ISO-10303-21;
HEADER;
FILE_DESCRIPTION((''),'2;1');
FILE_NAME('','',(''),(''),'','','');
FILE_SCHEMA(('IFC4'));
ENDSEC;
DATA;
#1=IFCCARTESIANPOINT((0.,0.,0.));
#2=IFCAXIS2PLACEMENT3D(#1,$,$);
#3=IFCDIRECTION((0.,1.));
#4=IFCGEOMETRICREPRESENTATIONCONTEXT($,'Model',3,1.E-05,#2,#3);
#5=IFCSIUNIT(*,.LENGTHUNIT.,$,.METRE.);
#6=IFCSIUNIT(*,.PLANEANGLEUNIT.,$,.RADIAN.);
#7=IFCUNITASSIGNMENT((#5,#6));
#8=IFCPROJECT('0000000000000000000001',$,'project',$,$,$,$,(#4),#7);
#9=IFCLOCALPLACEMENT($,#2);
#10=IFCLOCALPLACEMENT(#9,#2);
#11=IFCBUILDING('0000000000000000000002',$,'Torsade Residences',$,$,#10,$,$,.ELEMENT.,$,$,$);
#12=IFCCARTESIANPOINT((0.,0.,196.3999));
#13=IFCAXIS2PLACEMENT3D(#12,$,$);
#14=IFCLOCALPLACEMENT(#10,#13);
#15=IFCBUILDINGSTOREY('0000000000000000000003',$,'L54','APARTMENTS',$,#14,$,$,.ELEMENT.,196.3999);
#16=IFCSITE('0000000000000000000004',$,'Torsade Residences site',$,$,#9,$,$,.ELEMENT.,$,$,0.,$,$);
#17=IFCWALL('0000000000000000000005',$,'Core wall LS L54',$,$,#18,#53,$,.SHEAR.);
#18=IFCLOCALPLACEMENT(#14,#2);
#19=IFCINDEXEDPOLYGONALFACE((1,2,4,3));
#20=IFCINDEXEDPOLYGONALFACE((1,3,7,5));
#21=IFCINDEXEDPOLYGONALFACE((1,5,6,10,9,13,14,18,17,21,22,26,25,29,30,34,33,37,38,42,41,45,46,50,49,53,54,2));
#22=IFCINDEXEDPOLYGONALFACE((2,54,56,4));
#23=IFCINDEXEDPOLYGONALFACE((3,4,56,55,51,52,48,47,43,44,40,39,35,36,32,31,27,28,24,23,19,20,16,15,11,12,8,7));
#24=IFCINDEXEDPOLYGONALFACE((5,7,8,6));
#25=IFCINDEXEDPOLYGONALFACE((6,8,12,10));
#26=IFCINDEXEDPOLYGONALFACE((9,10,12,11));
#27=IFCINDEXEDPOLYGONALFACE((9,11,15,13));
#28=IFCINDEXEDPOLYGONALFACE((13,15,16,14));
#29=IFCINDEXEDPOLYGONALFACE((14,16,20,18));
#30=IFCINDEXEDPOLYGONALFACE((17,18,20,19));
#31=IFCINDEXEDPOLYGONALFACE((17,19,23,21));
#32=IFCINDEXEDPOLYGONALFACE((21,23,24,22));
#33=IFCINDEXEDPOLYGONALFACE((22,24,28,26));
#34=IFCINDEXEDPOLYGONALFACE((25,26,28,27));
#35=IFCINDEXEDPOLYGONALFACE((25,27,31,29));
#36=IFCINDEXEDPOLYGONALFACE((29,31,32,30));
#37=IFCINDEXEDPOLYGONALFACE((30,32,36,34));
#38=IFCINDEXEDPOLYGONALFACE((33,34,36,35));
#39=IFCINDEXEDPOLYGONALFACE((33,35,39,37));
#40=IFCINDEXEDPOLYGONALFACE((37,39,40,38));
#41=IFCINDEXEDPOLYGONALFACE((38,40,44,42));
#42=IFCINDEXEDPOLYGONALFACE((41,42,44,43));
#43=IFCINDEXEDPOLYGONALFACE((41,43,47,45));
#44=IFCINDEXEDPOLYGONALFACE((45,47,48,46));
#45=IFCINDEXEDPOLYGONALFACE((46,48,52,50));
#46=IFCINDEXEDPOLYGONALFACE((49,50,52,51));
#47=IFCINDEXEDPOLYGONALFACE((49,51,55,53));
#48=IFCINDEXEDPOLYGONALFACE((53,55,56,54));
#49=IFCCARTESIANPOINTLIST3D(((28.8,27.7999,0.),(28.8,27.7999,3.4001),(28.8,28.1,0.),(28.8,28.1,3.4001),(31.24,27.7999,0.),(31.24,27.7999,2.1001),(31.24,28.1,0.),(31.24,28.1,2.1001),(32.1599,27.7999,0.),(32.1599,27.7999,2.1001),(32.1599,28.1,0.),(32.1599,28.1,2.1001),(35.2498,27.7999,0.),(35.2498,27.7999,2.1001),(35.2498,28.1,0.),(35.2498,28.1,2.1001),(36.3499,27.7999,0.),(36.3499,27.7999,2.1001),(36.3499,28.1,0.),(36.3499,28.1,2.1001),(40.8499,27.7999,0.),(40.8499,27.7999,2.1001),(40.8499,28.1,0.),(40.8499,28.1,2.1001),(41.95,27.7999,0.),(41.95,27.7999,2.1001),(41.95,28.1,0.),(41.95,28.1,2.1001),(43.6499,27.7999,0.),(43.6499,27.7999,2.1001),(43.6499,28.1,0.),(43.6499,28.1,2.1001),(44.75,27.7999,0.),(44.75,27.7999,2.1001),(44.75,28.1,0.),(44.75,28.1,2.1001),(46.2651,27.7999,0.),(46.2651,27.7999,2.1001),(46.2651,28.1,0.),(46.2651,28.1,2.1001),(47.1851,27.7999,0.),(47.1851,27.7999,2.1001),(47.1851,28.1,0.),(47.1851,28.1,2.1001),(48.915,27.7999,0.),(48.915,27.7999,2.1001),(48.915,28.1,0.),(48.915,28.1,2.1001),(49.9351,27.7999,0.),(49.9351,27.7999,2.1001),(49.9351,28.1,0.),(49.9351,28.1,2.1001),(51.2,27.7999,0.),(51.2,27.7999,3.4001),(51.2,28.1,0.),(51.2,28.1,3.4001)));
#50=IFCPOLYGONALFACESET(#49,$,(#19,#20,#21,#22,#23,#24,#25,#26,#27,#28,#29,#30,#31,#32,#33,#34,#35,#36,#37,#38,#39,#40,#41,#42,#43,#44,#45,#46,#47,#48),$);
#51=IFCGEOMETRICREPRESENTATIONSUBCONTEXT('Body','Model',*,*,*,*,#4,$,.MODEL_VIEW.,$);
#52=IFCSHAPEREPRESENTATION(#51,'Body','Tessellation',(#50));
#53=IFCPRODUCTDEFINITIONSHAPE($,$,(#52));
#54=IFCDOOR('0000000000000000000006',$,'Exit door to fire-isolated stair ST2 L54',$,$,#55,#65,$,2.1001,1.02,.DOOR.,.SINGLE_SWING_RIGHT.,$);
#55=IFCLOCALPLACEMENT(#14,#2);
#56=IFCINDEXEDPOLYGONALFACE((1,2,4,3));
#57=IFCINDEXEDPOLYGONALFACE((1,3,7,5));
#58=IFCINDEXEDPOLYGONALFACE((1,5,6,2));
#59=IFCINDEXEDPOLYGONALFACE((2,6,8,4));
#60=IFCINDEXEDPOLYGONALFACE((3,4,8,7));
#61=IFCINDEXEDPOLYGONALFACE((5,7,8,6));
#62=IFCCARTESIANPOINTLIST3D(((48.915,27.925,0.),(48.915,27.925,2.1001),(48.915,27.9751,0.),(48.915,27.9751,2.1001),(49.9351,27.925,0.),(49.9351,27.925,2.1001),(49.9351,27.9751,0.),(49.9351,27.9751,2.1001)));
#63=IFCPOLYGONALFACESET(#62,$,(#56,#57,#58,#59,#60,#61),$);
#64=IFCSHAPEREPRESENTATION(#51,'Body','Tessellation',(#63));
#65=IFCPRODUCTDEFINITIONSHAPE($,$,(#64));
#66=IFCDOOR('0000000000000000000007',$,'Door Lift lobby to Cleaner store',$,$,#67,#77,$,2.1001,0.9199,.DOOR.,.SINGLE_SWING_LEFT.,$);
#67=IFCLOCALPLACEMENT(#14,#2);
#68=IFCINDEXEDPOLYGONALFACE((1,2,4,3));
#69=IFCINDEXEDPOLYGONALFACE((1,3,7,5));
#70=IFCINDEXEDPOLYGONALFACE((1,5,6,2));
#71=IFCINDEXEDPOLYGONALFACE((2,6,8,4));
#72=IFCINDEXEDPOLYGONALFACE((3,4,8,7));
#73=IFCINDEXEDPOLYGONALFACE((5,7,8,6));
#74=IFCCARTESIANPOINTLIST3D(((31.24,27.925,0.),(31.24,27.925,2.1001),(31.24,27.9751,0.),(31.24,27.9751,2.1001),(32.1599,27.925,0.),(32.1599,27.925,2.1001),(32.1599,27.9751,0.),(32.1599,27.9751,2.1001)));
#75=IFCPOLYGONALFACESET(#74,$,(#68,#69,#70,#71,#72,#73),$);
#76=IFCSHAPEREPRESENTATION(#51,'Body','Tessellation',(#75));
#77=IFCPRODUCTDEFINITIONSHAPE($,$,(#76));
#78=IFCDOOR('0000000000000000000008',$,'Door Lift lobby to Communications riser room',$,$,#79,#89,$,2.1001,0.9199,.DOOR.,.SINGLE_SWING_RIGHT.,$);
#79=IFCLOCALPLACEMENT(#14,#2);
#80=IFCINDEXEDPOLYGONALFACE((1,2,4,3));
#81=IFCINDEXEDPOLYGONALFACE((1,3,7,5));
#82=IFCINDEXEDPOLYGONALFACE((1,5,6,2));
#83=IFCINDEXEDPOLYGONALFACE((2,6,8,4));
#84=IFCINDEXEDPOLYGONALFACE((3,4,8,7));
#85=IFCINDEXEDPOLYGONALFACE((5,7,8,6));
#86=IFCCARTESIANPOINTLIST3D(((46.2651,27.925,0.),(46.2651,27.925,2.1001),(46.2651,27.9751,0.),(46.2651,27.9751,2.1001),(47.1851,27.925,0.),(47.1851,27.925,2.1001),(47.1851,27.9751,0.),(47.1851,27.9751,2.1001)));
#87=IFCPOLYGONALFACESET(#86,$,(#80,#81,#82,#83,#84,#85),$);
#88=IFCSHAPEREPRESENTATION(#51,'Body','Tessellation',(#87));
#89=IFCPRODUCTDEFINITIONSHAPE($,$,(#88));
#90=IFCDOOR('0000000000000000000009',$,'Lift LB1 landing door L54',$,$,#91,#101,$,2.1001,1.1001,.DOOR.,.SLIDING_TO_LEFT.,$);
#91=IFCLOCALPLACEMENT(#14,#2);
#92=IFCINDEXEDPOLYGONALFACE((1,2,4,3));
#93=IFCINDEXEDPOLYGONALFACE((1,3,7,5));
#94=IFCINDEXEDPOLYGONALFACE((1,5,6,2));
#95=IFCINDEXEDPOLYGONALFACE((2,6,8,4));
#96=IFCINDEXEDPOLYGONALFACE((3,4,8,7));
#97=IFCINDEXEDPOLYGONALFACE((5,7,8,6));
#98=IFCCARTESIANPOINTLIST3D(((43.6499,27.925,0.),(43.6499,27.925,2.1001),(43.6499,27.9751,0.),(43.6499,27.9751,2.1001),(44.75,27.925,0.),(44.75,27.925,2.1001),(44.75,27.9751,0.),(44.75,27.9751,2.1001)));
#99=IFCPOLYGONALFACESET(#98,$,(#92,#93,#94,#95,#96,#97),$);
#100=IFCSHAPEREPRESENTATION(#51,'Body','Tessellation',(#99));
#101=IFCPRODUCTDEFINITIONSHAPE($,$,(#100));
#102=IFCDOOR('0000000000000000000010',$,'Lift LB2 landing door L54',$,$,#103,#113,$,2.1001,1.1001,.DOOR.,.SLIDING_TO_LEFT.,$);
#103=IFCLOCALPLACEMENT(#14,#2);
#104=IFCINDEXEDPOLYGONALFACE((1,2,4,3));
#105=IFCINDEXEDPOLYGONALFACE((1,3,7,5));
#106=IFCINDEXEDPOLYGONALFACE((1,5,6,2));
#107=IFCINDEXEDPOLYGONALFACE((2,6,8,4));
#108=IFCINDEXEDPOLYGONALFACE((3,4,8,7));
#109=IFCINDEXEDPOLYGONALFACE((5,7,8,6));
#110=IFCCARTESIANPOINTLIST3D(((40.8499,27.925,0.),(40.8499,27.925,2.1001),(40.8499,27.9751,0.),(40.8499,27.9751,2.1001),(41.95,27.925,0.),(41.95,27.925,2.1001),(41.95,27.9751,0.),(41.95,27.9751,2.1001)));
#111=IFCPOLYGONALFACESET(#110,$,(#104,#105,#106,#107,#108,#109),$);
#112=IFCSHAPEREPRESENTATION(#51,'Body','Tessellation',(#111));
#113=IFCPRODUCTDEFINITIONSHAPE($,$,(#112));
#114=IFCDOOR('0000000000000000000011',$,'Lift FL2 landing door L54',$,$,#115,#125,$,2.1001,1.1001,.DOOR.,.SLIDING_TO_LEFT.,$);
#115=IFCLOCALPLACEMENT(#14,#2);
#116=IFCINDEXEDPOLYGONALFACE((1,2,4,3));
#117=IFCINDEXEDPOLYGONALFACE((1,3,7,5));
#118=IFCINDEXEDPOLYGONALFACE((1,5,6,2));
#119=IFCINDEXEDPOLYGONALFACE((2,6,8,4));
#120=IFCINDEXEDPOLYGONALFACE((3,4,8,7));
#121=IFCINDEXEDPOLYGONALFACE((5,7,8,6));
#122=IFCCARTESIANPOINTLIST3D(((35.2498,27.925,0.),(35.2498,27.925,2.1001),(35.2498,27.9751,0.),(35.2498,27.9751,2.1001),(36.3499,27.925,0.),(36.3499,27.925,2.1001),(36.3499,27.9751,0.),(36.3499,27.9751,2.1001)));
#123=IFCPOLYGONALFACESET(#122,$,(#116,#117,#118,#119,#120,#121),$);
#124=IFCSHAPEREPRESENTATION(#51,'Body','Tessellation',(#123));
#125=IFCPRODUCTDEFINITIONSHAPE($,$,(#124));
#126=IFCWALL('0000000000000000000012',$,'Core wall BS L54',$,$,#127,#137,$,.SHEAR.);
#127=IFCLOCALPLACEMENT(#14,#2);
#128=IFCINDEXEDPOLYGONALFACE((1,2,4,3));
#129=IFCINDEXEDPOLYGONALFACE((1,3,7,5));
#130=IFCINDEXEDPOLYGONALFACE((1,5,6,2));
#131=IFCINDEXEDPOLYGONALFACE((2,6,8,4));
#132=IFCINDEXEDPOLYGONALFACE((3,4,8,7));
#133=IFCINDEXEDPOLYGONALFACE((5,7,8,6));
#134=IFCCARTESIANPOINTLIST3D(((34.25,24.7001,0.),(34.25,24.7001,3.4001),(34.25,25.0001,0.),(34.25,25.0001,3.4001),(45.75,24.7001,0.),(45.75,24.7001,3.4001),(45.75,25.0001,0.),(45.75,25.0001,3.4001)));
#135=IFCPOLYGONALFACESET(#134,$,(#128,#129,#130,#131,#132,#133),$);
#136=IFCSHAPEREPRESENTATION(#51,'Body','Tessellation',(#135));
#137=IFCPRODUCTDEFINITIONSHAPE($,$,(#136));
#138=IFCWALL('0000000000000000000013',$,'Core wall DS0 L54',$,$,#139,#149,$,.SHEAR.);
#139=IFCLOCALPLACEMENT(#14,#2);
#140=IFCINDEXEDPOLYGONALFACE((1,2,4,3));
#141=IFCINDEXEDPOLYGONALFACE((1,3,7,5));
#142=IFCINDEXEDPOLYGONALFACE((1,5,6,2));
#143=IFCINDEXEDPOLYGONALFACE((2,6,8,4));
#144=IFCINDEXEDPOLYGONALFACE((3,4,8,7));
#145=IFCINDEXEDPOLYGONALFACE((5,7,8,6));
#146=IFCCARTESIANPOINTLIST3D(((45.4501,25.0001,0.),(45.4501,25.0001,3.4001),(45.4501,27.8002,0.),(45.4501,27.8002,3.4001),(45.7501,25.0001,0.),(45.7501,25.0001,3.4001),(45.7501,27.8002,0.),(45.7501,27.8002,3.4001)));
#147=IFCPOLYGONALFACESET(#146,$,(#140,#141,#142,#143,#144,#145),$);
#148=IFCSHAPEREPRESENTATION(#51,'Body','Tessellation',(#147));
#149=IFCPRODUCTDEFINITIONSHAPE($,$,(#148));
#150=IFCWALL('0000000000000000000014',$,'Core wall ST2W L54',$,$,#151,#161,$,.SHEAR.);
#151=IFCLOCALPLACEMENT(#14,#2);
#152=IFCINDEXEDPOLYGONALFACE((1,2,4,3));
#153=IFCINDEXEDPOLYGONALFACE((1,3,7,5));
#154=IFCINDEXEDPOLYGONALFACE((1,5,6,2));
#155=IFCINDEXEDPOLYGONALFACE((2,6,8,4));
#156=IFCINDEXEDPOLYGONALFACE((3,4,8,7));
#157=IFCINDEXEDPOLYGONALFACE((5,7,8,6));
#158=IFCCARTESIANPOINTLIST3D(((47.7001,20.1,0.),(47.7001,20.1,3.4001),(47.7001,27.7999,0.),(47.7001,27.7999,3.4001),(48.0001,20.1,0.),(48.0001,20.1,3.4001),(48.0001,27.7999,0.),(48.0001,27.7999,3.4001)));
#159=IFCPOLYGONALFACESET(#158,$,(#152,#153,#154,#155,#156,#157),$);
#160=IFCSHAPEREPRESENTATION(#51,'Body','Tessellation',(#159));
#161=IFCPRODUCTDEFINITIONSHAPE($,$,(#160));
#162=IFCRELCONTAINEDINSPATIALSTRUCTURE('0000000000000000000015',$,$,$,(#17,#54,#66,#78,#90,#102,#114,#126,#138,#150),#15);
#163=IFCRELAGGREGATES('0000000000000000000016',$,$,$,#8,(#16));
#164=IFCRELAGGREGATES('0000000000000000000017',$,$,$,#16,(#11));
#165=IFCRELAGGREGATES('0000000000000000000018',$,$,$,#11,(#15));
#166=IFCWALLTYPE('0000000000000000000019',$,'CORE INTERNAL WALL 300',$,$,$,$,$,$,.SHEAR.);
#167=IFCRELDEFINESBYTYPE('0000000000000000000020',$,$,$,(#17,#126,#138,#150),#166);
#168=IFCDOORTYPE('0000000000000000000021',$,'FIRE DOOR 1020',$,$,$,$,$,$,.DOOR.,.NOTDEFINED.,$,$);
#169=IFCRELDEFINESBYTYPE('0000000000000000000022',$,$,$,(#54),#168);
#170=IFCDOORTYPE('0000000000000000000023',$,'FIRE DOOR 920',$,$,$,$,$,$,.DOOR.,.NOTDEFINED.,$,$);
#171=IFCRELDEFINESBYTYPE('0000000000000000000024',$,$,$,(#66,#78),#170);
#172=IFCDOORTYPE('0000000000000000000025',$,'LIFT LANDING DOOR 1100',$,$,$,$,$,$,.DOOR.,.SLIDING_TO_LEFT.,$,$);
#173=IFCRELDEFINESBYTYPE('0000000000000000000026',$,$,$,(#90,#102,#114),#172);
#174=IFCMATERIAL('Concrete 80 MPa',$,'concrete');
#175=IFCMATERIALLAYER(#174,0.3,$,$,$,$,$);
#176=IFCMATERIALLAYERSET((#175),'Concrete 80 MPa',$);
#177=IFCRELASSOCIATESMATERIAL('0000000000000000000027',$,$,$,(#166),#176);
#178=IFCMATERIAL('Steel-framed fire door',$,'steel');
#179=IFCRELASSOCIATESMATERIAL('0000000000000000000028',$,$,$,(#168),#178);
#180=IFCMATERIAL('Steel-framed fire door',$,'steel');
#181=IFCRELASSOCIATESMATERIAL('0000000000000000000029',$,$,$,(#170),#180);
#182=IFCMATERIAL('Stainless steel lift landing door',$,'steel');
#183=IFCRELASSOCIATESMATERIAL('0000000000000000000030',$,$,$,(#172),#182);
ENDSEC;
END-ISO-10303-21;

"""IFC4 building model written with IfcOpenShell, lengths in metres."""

from ifc_helpers import new_model, si_unit, direction, frame, frame_2d, origin, place, context, subcontext, project, spatial, rectangle, extrude, material, layer, layer_set, type_object, element, fill, save


model = new_model("IFC4")

# Units and contexts
model_context = context("Model", 3, precision=1e-05, world=origin(), true_north=direction((0.0, 1.0)))
body_context = subcontext(model_context, "Body", "Model", "MODEL_VIEW")
ifc_project = project(units=[si_unit("LENGTHUNIT", "METRE"), si_unit("PLANEANGLEUNIT", "RADIAN")], contexts=[model_context])

# Site, building, storey
site_placement = place(None, origin())
site = spatial("IfcSite", under=ifc_project, at=site_placement, Name="Torsade Residences site", CompositionType="ELEMENT", RefElevation=0.0)
building_placement = place(site_placement, origin())
building = spatial("IfcBuilding", under=site, at=building_placement, Name="Torsade Residences", CompositionType="ELEMENT")
storey_placement = place(building_placement, frame((0.0, 0.0, 196.3999)))
storey = spatial("IfcBuildingStorey", under=building, at=storey_placement, Name="L54", Description="APARTMENTS", CompositionType="ELEMENT", Elevation=196.3999)

# Wall, openings, doors
ifc_material_1 = material(Name="Concrete 80 MPa", Category="concrete")
ifc_layer_1 = layer(ifc_material_1, 0.3)
ifc_layer_set_1 = layer_set([ifc_layer_1], Name="Concrete 80 MPa")
wall_type_1 = type_object("IfcWallType", Name="CORE INTERNAL WALL 300", PredefinedType="SHEAR", material=ifc_layer_set_1)
wall_1_placement = place(storey_placement, frame((51.2, 27.95, 0.0), z_axis=(0.0, 0.0, 1.0), x_axis=(-1.0, 0.0, 0.0)))
wall_1 = element("IfcWall", 1, at=wall_1_placement, inside=storey, type_object=wall_type_1, Name="Core wall LS L54", PredefinedType="SHEAR", context=body_context, shape_type="SweptSolid", body=[
    extrude(rectangle(XDim=22.3999, YDim=0.3, at=frame_2d((11.2, 0.0))), origin(), (0.0, 0.0, 1.0), 3.4001),
])
opening_1_placement = place(wall_1_placement, frame((19.04, 0.0, 0.0)))
opening_1 = element("IfcOpeningElement", 2, at=opening_1_placement, cuts=wall_1, PredefinedType="OPENING", context=body_context, shape_type="SweptSolid", body=[
    extrude(rectangle(XDim=0.9199, YDim=2.1001, at=frame_2d((0.46, 1.05))), frame((0.0, 0.1599, 0.0), z_axis=(0.0, -1.0, 0.0), x_axis=(1.0, 0.0, 0.0)), (0.0, 0.0, 1.0), 0.3201),
])
opening_2_placement = place(wall_1_placement, frame((1.2649, 0.0, 0.0)))
opening_2 = element("IfcOpeningElement", 3, at=opening_2_placement, cuts=wall_1, PredefinedType="OPENING", context=body_context, shape_type="SweptSolid", body=[
    extrude(rectangle(XDim=1.02, YDim=2.1001, at=frame_2d((0.51, 1.05))), frame((0.0, 0.1599, 0.0), z_axis=(0.0, -1.0, 0.0), x_axis=(1.0, 0.0, 0.0)), (0.0, 0.0, 1.0), 0.3201),
])
opening_3_placement = place(wall_1_placement, frame((4.0149, 0.0, 0.0)))
opening_3 = element("IfcOpeningElement", 4, at=opening_3_placement, cuts=wall_1, PredefinedType="OPENING", context=body_context, shape_type="SweptSolid", body=[
    extrude(rectangle(XDim=0.9199, YDim=2.1001, at=frame_2d((0.46, 1.05))), frame((0.0, 0.1599, 0.0), z_axis=(0.0, -1.0, 0.0), x_axis=(1.0, 0.0, 0.0)), (0.0, 0.0, 1.0), 0.3201),
])
opening_4_placement = place(wall_1_placement, frame((6.45, 0.0, 0.0)))
opening_4 = element("IfcOpeningElement", 5, at=opening_4_placement, cuts=wall_1, PredefinedType="OPENING", context=body_context, shape_type="SweptSolid", body=[
    extrude(rectangle(XDim=1.1001, YDim=2.1001, at=frame_2d((0.55, 1.05))), frame((0.0, 0.1599, 0.0), z_axis=(0.0, -1.0, 0.0), x_axis=(1.0, 0.0, 0.0)), (0.0, 0.0, 1.0), 0.3201),
])
opening_5_placement = place(wall_1_placement, frame((9.25, 0.0, 0.0)))
opening_5 = element("IfcOpeningElement", 6, at=opening_5_placement, cuts=wall_1, PredefinedType="OPENING", context=body_context, shape_type="SweptSolid", body=[
    extrude(rectangle(XDim=1.1001, YDim=2.1001, at=frame_2d((0.55, 1.05))), frame((0.0, 0.1599, 0.0), z_axis=(0.0, -1.0, 0.0), x_axis=(1.0, 0.0, 0.0)), (0.0, 0.0, 1.0), 0.3201),
])
opening_6_placement = place(wall_1_placement, frame((14.8501, 0.0, 0.0)))
opening_6 = element("IfcOpeningElement", 7, at=opening_6_placement, cuts=wall_1, PredefinedType="OPENING", context=body_context, shape_type="SweptSolid", body=[
    extrude(rectangle(XDim=1.1001, YDim=2.1001, at=frame_2d((0.55, 1.05))), frame((0.0, 0.1599, 0.0), z_axis=(0.0, -1.0, 0.0), x_axis=(1.0, 0.0, 0.0)), (0.0, 0.0, 1.0), 0.3201),
])
ifc_material_2 = material(Name="Steel-framed fire door", Category="steel")
door_type_1 = type_object("IfcDoorType", Name="FIRE DOOR 1020", OperationType="NOTDEFINED", PredefinedType="DOOR", material=ifc_material_2)
door_1_placement = place(opening_2_placement, origin())
door_1 = element("IfcDoor", 8, at=door_1_placement, inside=storey, type_object=door_type_1, Name="Exit door to fire-isolated stair ST2 L54", OperationType="SINGLE_SWING_RIGHT", OverallHeight=2.1001, OverallWidth=1.02, PredefinedType="DOOR", context=body_context, shape_type="SweptSolid", body=[
    extrude(rectangle(XDim=1.02, YDim=2.1001, at=frame_2d((0.51, 1.05))), frame((0.0, 0.0249, 0.0), z_axis=(0.0, -1.0, 0.0), x_axis=(1.0, 0.0, 0.0)), (0.0, 0.0, 1.0), 0.05),
])
fill(opening_2, door_1)
ifc_material_3 = material(Name="Steel-framed fire door", Category="steel")
door_type_2 = type_object("IfcDoorType", Name="FIRE DOOR 920", OperationType="NOTDEFINED", PredefinedType="DOOR", material=ifc_material_3)
door_2_placement = place(opening_1_placement, origin())
door_2 = element("IfcDoor", 9, at=door_2_placement, inside=storey, type_object=door_type_2, Name="Door Lift lobby to Cleaner store", OperationType="SINGLE_SWING_LEFT", OverallHeight=2.1001, OverallWidth=0.9199, PredefinedType="DOOR", context=body_context, shape_type="SweptSolid", body=[
    extrude(rectangle(XDim=0.9199, YDim=2.1001, at=frame_2d((0.46, 1.05))), frame((0.0, 0.0249, 0.0), z_axis=(0.0, -1.0, 0.0), x_axis=(1.0, 0.0, 0.0)), (0.0, 0.0, 1.0), 0.05),
])
fill(opening_1, door_2)
door_3_placement = place(opening_3_placement, origin())
door_3 = element("IfcDoor", 10, at=door_3_placement, inside=storey, type_object=door_type_2, Name="Door Lift lobby to Communications riser room", OperationType="SINGLE_SWING_RIGHT", OverallHeight=2.1001, OverallWidth=0.9199, PredefinedType="DOOR", context=body_context, shape_type="SweptSolid", body=[
    extrude(rectangle(XDim=0.9199, YDim=2.1001, at=frame_2d((0.46, 1.05))), frame((0.0, 0.0249, 0.0), z_axis=(0.0, -1.0, 0.0), x_axis=(1.0, 0.0, 0.0)), (0.0, 0.0, 1.0), 0.05),
])
fill(opening_3, door_3)
ifc_material_4 = material(Name="Stainless steel lift landing door", Category="steel")
door_type_3 = type_object("IfcDoorType", Name="LIFT LANDING DOOR 1100", OperationType="SLIDING_TO_LEFT", PredefinedType="DOOR", material=ifc_material_4)
door_4_placement = place(opening_4_placement, origin())
door_4 = element("IfcDoor", 11, at=door_4_placement, inside=storey, type_object=door_type_3, Name="Lift LB1 landing door L54", OperationType="SLIDING_TO_LEFT", OverallHeight=2.1001, OverallWidth=1.1001, PredefinedType="DOOR", context=body_context, shape_type="SweptSolid", body=[
    extrude(rectangle(XDim=1.1001, YDim=2.1001, at=frame_2d((0.55, 1.05))), frame((0.0, 0.0249, 0.0), z_axis=(0.0, -1.0, 0.0), x_axis=(1.0, 0.0, 0.0)), (0.0, 0.0, 1.0), 0.05),
])
fill(opening_4, door_4)
door_5_placement = place(opening_5_placement, origin())
door_5 = element("IfcDoor", 12, at=door_5_placement, inside=storey, type_object=door_type_3, Name="Lift LB2 landing door L54", OperationType="SLIDING_TO_LEFT", OverallHeight=2.1001, OverallWidth=1.1001, PredefinedType="DOOR", context=body_context, shape_type="SweptSolid", body=[
    extrude(rectangle(XDim=1.1001, YDim=2.1001, at=frame_2d((0.55, 1.05))), frame((0.0, 0.0249, 0.0), z_axis=(0.0, -1.0, 0.0), x_axis=(1.0, 0.0, 0.0)), (0.0, 0.0, 1.0), 0.05),
])
fill(opening_5, door_5)
door_6_placement = place(opening_6_placement, origin())
door_6 = element("IfcDoor", 13, at=door_6_placement, inside=storey, type_object=door_type_3, Name="Lift FL2 landing door L54", OperationType="SLIDING_TO_LEFT", OverallHeight=2.1001, OverallWidth=1.1001, PredefinedType="DOOR", context=body_context, shape_type="SweptSolid", body=[
    extrude(rectangle(XDim=1.1001, YDim=2.1001, at=frame_2d((0.55, 1.05))), frame((0.0, 0.0249, 0.0), z_axis=(0.0, -1.0, 0.0), x_axis=(1.0, 0.0, 0.0)), (0.0, 0.0, 1.0), 0.05),
])
fill(opening_6, door_6)

# Walls
wall_2_placement = place(storey_placement, frame((45.75, 24.8501, 0.0), z_axis=(0.0, 0.0, 1.0), x_axis=(-1.0, 0.0, 0.0)))
element("IfcWall", 14, at=wall_2_placement, inside=storey, type_object=wall_type_1, Name="Core wall BS L54", PredefinedType="SHEAR", context=body_context, shape_type="SweptSolid", body=[
    extrude(rectangle(XDim=11.5, YDim=0.3, at=frame_2d((5.75, 0.0))), origin(), (0.0, 0.0, 1.0), 3.4001),
])
wall_3_placement = place(storey_placement, frame((45.6001, 27.8, 0.0), z_axis=(0.0, 0.0, 1.0), x_axis=(0.0, -1.0, 0.0)))
element("IfcWall", 15, at=wall_3_placement, inside=storey, type_object=wall_type_1, Name="Core wall DS0 L54", PredefinedType="SHEAR", context=body_context, shape_type="SweptSolid", body=[
    extrude(rectangle(XDim=2.8, YDim=0.3, at=frame_2d((1.3999, 0.0))), origin(), (0.0, 0.0, 1.0), 3.4001),
])
wall_4_placement = place(storey_placement, frame((47.8501, 27.8, 0.0), z_axis=(0.0, 0.0, 1.0), x_axis=(0.0, -1.0, 0.0)))
element("IfcWall", 16, at=wall_4_placement, inside=storey, type_object=wall_type_1, Name="Core wall ST2W L54", PredefinedType="SHEAR", context=body_context, shape_type="SweptSolid", body=[
    extrude(rectangle(XDim=7.7, YDim=0.3, at=frame_2d((3.8501, 0.0))), origin(), (0.0, 0.0, 1.0), 3.4001),
])

save(model, "model.ifc")
